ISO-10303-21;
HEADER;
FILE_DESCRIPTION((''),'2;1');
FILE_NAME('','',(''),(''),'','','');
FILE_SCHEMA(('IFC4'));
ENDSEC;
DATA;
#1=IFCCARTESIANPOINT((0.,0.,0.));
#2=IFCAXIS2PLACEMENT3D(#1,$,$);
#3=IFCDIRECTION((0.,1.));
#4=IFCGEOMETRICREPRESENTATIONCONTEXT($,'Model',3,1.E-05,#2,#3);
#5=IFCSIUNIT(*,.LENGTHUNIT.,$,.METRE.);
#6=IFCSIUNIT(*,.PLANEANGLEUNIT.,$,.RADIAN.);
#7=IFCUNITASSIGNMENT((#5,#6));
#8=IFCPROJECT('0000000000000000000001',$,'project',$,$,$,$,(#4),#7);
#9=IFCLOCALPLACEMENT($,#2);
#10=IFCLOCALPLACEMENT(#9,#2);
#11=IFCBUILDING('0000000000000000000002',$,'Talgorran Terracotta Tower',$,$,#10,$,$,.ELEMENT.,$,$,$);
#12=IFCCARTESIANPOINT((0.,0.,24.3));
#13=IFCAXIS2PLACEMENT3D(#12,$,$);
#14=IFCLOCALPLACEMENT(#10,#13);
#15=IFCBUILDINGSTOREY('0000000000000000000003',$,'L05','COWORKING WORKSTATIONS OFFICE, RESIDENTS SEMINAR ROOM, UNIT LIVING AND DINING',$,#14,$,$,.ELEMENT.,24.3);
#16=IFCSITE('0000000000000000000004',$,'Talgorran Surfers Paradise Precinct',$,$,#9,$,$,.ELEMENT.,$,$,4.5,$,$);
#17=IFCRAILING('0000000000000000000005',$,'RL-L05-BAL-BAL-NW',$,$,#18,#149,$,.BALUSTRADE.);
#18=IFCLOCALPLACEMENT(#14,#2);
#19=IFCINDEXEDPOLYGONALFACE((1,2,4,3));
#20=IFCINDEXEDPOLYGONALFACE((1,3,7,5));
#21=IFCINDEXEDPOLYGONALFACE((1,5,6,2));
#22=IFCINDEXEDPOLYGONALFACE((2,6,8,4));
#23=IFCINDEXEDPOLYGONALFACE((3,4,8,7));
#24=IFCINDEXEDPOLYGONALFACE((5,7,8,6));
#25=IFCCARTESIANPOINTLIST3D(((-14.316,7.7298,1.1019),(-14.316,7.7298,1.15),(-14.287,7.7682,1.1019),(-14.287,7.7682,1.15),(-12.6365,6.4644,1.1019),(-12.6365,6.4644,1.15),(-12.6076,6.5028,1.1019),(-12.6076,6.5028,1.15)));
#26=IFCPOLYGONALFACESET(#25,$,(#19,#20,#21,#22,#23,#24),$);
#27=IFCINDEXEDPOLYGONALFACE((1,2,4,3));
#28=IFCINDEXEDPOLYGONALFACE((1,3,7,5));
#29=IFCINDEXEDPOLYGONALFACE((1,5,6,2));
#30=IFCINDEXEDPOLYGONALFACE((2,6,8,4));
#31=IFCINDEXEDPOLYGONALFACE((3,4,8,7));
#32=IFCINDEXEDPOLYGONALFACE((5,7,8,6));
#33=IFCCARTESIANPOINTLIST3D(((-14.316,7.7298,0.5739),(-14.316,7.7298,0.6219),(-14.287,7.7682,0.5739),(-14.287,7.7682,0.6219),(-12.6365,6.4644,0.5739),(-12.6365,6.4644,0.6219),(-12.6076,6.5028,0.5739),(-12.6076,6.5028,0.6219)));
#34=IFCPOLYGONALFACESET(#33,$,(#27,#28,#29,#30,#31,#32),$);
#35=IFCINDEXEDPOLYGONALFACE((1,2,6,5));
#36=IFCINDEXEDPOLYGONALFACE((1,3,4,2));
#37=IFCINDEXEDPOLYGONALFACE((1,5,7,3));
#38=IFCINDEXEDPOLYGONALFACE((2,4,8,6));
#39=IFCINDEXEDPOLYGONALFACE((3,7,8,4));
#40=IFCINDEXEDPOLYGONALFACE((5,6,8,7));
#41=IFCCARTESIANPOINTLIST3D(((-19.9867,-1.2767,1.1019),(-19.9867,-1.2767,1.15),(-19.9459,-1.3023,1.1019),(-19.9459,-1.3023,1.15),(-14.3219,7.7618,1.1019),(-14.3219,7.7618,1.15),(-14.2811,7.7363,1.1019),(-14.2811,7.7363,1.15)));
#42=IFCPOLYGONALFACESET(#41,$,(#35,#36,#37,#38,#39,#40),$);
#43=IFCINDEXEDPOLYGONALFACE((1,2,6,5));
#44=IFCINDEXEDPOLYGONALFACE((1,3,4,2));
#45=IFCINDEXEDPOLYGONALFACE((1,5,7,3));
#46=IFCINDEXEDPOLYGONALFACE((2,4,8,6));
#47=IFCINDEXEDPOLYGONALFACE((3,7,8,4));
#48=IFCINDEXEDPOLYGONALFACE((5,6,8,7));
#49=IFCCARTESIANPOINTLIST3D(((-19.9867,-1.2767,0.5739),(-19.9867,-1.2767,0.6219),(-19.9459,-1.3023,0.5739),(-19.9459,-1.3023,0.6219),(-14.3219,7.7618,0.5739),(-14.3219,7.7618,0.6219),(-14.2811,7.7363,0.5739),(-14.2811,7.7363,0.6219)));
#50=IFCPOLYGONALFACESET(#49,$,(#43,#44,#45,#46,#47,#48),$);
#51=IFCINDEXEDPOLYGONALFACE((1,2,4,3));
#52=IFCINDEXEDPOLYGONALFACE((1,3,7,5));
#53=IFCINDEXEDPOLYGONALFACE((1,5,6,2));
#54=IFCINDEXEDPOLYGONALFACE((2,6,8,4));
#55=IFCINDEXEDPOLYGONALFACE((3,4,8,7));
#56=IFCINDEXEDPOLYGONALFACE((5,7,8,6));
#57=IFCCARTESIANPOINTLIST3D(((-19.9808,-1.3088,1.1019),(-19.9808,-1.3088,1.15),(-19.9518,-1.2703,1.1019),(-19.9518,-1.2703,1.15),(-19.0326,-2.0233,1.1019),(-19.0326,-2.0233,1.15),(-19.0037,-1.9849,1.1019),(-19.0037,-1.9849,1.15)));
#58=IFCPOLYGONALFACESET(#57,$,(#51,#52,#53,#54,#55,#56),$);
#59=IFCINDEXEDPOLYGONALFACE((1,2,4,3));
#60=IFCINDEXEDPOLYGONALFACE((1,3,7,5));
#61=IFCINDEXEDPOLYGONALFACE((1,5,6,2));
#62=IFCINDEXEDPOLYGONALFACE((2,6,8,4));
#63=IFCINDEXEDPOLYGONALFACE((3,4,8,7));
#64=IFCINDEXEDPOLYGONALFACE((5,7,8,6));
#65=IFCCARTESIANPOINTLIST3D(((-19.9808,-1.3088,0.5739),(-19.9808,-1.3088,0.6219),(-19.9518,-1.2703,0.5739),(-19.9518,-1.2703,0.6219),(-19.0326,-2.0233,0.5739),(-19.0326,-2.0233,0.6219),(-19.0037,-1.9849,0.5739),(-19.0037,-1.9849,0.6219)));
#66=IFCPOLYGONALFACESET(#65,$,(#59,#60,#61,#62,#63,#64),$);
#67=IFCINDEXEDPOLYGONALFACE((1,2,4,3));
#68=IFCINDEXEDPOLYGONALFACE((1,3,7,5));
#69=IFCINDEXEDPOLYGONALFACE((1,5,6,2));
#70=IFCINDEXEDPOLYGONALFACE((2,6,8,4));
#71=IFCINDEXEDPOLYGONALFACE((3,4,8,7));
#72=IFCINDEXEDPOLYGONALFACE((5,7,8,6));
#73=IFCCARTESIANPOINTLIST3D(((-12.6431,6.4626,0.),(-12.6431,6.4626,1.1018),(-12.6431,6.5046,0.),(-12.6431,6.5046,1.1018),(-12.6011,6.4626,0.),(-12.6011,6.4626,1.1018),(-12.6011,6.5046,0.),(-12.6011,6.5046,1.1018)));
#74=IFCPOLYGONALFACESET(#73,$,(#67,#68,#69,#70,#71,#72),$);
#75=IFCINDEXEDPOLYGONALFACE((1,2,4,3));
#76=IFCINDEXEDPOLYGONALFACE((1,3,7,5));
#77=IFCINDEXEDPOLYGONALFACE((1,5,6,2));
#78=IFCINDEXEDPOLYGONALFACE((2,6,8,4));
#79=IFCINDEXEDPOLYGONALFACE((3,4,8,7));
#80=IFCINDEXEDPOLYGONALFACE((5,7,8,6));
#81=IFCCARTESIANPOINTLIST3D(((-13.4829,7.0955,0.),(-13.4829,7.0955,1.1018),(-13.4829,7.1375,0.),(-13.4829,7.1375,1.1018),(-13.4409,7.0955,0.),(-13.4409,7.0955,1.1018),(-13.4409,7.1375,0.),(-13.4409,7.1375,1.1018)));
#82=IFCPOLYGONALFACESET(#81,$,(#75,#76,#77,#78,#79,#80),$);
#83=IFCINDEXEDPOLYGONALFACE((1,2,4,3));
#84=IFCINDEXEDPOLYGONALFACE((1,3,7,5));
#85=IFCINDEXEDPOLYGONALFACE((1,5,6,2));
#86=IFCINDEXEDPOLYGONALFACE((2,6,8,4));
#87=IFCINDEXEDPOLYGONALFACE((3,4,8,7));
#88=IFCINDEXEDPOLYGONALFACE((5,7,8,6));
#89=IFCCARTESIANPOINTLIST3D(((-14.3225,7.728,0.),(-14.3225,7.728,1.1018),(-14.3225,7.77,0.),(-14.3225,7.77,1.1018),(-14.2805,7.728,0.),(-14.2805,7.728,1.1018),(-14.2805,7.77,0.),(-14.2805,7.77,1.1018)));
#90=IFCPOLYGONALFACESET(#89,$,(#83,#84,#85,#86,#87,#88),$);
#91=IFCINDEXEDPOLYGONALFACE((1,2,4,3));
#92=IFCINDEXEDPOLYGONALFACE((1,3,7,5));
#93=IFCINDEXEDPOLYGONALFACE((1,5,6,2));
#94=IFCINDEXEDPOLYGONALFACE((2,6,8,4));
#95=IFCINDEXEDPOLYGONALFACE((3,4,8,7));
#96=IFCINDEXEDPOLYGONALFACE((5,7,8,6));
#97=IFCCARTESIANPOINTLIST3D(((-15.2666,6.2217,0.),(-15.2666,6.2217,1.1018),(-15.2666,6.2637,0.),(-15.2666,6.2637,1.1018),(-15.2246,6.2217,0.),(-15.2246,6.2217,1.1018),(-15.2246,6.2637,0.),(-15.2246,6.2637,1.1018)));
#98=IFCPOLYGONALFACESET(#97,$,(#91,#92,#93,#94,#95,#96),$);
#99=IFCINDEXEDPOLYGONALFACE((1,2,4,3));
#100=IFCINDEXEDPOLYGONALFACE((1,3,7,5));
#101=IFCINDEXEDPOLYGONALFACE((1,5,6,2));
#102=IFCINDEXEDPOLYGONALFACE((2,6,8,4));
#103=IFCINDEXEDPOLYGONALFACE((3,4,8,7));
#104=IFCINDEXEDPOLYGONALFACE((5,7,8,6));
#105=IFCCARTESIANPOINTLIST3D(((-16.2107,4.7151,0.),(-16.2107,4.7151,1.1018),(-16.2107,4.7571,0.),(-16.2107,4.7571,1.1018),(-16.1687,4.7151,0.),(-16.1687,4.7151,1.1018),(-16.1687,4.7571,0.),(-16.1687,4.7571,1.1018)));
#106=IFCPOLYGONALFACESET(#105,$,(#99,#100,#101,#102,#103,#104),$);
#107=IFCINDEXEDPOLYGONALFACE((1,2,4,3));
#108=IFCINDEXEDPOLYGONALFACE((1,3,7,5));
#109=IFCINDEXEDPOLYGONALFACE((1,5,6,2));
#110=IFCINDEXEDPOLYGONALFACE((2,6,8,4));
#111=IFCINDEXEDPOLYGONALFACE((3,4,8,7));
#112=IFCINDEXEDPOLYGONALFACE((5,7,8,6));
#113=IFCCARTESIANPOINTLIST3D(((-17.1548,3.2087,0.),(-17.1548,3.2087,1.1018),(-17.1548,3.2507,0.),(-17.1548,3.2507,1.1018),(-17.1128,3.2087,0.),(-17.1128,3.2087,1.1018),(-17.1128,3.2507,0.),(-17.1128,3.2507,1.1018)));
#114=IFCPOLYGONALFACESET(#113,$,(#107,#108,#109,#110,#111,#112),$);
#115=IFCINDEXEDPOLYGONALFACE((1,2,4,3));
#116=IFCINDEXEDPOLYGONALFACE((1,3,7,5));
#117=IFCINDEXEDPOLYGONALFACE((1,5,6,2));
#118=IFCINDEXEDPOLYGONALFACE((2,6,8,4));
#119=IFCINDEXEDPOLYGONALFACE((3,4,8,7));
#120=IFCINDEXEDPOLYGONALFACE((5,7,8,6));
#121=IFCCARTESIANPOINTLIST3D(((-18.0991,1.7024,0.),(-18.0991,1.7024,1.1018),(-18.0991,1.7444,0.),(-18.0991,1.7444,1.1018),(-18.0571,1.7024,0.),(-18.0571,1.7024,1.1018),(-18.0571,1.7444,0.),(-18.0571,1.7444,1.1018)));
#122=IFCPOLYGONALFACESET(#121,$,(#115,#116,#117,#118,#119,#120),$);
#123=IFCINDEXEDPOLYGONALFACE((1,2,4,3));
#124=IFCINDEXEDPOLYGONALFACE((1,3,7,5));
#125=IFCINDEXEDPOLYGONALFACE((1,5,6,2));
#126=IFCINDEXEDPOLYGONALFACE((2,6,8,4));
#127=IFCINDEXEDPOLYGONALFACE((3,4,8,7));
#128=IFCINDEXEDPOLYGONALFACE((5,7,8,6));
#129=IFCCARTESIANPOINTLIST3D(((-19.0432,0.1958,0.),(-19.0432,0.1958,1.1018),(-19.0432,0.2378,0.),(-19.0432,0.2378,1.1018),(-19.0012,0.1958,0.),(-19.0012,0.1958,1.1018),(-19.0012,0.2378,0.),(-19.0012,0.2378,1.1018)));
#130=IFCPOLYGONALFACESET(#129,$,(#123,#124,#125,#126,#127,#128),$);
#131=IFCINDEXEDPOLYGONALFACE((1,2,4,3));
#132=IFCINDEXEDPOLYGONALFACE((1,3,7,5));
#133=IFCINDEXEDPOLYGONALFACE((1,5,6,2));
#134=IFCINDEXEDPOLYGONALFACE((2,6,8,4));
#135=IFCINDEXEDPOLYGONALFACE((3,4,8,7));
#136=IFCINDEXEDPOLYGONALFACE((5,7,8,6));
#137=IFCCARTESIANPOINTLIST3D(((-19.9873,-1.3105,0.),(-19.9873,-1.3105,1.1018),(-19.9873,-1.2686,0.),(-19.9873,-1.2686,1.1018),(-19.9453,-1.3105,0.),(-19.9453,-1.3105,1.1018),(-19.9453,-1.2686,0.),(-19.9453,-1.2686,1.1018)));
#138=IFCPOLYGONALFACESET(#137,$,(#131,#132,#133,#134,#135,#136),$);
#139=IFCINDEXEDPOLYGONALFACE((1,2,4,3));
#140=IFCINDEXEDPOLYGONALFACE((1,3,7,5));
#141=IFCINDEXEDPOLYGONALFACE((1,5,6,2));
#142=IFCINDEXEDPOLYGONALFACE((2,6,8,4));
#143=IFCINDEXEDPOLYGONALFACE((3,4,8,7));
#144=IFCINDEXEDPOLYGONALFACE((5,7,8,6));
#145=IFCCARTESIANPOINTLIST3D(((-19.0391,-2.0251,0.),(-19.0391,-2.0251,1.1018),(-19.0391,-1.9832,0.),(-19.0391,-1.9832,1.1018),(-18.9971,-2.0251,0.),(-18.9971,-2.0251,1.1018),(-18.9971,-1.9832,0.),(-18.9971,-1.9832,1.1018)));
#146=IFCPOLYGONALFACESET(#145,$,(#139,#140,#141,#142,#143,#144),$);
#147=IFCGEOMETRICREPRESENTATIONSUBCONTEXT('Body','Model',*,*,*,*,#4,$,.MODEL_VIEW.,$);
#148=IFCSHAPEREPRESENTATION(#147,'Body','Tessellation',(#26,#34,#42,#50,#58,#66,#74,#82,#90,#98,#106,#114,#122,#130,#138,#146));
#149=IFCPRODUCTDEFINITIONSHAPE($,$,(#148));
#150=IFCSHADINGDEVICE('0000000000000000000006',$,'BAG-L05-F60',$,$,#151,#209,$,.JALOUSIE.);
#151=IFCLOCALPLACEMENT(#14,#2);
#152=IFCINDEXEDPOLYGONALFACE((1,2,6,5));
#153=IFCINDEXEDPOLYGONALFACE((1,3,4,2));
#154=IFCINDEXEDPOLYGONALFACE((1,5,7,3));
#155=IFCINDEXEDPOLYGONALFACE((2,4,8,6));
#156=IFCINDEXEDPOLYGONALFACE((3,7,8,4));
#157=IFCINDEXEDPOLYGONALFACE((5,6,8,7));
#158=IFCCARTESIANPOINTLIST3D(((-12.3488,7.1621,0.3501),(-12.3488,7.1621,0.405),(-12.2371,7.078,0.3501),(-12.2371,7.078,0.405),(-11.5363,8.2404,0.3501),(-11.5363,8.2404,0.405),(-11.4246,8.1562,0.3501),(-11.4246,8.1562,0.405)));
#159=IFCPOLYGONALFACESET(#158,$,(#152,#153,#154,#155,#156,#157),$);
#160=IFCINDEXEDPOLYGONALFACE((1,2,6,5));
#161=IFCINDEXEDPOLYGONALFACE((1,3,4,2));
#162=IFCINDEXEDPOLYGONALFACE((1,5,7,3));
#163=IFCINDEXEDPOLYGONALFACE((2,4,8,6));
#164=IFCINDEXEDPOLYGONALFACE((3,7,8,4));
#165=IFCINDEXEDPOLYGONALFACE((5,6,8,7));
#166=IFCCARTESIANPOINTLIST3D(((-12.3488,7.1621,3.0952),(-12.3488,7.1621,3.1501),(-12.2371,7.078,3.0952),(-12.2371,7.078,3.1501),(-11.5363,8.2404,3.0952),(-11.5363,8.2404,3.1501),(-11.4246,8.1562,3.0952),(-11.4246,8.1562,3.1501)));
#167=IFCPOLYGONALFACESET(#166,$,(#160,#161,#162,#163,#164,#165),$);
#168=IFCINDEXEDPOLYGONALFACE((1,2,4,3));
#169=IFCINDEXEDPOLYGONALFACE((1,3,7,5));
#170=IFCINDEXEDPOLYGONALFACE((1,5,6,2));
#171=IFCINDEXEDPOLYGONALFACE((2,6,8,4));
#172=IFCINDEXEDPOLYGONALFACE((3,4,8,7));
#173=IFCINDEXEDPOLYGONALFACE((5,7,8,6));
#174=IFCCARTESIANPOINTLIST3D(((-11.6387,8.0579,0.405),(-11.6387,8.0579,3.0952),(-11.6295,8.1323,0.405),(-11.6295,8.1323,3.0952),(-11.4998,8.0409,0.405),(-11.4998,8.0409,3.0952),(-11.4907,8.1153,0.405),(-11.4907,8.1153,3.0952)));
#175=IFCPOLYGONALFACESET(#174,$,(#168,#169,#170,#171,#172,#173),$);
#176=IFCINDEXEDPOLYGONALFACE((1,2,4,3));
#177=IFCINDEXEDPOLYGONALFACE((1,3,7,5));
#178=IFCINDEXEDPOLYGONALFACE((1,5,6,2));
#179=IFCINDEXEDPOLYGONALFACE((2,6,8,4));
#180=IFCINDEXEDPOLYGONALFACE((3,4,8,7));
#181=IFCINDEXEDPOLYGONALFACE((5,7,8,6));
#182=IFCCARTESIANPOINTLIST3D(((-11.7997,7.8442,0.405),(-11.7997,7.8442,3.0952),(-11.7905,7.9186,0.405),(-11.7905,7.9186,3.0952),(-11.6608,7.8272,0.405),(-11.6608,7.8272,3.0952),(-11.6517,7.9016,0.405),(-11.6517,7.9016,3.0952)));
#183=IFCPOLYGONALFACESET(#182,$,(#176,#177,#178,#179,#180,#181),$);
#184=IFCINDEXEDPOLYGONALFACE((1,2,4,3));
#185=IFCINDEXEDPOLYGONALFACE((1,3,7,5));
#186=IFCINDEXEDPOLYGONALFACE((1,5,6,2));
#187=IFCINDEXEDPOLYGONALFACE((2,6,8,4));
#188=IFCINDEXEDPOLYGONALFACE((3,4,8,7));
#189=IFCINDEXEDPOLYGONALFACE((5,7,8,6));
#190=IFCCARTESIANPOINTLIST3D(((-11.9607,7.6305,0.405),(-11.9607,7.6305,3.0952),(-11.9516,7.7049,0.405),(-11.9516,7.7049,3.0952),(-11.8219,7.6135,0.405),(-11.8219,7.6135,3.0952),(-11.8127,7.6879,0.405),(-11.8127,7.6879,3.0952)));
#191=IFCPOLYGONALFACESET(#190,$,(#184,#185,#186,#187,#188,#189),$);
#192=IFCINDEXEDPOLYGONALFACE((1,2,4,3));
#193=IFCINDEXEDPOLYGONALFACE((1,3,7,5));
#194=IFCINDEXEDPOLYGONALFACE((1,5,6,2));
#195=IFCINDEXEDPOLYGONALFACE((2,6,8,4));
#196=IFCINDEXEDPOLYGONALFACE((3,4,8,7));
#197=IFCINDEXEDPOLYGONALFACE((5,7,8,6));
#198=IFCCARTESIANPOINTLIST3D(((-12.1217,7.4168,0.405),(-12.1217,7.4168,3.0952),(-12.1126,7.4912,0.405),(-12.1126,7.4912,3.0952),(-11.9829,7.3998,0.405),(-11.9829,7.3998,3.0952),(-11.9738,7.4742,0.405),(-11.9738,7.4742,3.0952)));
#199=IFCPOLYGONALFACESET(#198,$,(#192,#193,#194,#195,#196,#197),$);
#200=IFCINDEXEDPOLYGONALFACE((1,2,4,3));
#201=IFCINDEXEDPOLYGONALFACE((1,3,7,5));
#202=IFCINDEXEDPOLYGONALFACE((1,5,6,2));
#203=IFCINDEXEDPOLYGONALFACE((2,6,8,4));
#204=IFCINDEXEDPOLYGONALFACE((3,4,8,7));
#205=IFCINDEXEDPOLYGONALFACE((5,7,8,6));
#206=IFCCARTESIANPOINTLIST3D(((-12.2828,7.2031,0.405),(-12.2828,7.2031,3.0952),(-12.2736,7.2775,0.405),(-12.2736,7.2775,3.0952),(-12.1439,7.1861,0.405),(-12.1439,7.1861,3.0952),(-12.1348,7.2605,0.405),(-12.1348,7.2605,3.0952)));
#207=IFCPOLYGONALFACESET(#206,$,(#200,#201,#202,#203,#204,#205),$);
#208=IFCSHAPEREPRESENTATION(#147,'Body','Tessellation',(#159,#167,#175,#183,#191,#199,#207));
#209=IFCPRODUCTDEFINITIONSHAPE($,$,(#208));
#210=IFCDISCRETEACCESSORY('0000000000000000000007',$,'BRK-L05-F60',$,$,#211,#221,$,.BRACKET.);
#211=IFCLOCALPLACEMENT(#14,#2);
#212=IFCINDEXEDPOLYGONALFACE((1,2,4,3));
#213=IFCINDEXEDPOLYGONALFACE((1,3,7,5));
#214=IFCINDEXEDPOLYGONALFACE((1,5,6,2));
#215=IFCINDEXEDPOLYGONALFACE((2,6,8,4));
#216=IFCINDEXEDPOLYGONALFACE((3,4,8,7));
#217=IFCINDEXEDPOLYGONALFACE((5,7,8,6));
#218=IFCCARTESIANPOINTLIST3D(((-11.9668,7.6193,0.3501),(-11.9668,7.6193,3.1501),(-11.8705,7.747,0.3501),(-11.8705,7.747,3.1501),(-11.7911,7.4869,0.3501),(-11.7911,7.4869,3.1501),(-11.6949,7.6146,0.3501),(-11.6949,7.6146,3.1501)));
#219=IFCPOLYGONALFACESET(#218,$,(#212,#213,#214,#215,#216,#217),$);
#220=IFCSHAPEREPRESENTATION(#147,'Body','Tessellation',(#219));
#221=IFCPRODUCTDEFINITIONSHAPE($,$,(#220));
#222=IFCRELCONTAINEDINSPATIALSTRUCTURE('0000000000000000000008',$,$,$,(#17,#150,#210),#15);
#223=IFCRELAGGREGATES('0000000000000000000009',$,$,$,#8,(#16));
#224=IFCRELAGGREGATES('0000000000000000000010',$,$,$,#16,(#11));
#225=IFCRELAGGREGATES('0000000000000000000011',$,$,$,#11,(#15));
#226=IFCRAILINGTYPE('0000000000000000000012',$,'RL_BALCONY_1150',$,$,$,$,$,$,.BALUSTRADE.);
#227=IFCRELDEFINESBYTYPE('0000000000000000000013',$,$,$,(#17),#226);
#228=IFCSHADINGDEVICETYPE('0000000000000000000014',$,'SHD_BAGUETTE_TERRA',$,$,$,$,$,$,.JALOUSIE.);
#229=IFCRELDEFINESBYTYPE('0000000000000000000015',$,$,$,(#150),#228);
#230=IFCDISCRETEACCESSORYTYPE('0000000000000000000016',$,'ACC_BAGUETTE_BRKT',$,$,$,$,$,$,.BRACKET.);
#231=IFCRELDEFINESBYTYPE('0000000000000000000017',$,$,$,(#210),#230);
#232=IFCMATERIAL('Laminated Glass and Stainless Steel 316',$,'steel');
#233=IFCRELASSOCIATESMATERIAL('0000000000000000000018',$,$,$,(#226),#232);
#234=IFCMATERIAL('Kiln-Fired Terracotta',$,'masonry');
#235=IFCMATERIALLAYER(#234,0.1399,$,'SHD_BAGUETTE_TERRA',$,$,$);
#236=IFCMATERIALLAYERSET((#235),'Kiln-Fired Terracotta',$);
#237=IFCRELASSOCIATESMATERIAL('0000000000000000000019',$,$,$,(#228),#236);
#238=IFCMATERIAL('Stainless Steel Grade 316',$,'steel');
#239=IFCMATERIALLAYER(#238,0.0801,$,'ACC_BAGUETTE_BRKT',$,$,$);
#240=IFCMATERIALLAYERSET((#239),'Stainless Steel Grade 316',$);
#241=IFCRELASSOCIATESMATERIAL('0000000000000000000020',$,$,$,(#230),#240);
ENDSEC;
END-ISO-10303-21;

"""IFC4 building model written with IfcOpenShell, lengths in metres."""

from ifc_helpers import new_model, si_unit, direction, frame, origin, origin_2d, place, context, subcontext, project, spatial, rectangle, extrude, source, transform, mapped, material, layer, layer_set, type_object, type_shapes, element, save


model = new_model("IFC4")

# Units and contexts
model_context = context("Model", 3, precision=1e-05, world=origin(), true_north=direction((0.0, 1.0)))
body_context = subcontext(model_context, "Body", "Model", "MODEL_VIEW")
ifc_project = project(units=[si_unit("LENGTHUNIT", "METRE"), si_unit("PLANEANGLEUNIT", "RADIAN")], contexts=[model_context])

# Site, building, storey
site_placement = place(None, origin())
site = spatial("IfcSite", under=ifc_project, at=site_placement, Name="Talgorran Surfers Paradise Precinct", CompositionType="ELEMENT", RefElevation=4.5)
building_placement = place(site_placement, origin())
building = spatial("IfcBuilding", under=site, at=building_placement, Name="Talgorran Terracotta Tower", CompositionType="ELEMENT")
storey_placement = place(building_placement, frame((0.0, 0.0, 24.3)))
storey = spatial("IfcBuildingStorey", under=building, at=storey_placement, Name="L05", Description="COWORKING WORKSTATIONS OFFICE, RESIDENTS SEMINAR ROOM, UNIT LIVING AND DINING", CompositionType="ELEMENT", Elevation=24.3)

# Railing
ifc_material_1 = material(Name="Laminated Glass and Stainless Steel 316", Category="steel")
railing_type = type_object("IfcRailingType", Name="RL_BALCONY_1150", PredefinedType="BALUSTRADE", material=ifc_material_1)
railing_placement = place(storey_placement, frame((-12.6221, 6.4836, 0.0)))
element("IfcRailing", 1, at=railing_placement, inside=storey, type_object=railing_type, Name="RL-L05-BAL-BAL-NW", PredefinedType="BALUSTRADE", context=body_context, shape_type="SweptSolid", body=[
    extrude(rectangle(XDim=0.0481, YDim=0.0481, at=origin_2d()), frame((0.0, 0.0, 1.126), z_axis=(-0.798674, 0.601763, 0.0), x_axis=(-0.601763, -0.798674, 0.0)), (0.0, 0.0, 1.0), 2.1028),
    extrude(rectangle(XDim=0.0481, YDim=0.0481, at=origin_2d()), frame((0.0, 0.0, 0.5979), z_axis=(-0.798674, 0.601763, 0.0), x_axis=(-0.601763, -0.798674, 0.0)), (0.0, 0.0, 1.0), 2.1028),
    extrude(rectangle(XDim=0.0481, YDim=0.0481, at=origin_2d()), frame((-1.6794, 1.2654, 1.126), z_axis=(-0.531056, -0.847337, 0.0), x_axis=(0.847337, -0.531056, 0.0)), (0.0, 0.0, 1.0), 10.667),
    extrude(rectangle(XDim=0.0481, YDim=0.0481, at=origin_2d()), frame((-1.6794, 1.2654, 0.5979), z_axis=(-0.531056, -0.847337, 0.0), x_axis=(0.847337, -0.531056, 0.0)), (0.0, 0.0, 1.0), 10.667),
    extrude(rectangle(XDim=0.0481, YDim=0.0481, at=origin_2d()), frame((-7.3442, -7.7732, 1.126), z_axis=(0.798616, -0.601841, 0.0), x_axis=(0.601841, 0.798616, 0.0)), (0.0, 0.0, 1.0), 1.1873),
    extrude(rectangle(XDim=0.0481, YDim=0.0481, at=origin_2d()), frame((-7.3442, -7.7732, 0.5979), z_axis=(0.798616, -0.601841, 0.0), x_axis=(0.601841, 0.798616, 0.0)), (0.0, 0.0, 1.0), 1.1873),
    extrude(rectangle(XDim=0.042, YDim=0.042, at=origin_2d()), origin(), (0.0, 0.0, 1.0), 1.1018),
    extrude(rectangle(XDim=0.042, YDim=0.042, at=origin_2d()), frame((-0.8398, 0.6328, 0.0)), (0.0, 0.0, 1.0), 1.1018),
    extrude(rectangle(XDim=0.042, YDim=0.042, at=origin_2d()), frame((-1.6794, 1.2654, 0.0)), (0.0, 0.0, 1.0), 1.1018),
    extrude(rectangle(XDim=0.042, YDim=0.042, at=origin_2d()), frame((-2.6235, -0.241, 0.0)), (0.0, 0.0, 1.0), 1.1018),
    extrude(rectangle(XDim=0.042, YDim=0.042, at=origin_2d()), frame((-3.5676, -1.7476, 0.0)), (0.0, 0.0, 1.0), 1.1018),
    extrude(rectangle(XDim=0.042, YDim=0.042, at=origin_2d()), frame((-4.5117, -3.2539, 0.0)), (0.0, 0.0, 1.0), 1.1018),
    extrude(rectangle(XDim=0.042, YDim=0.042, at=origin_2d()), frame((-5.4561, -4.7603, 0.0)), (0.0, 0.0, 1.0), 1.1018),
    extrude(rectangle(XDim=0.042, YDim=0.042, at=origin_2d()), frame((-6.4001, -6.2668, 0.0)), (0.0, 0.0, 1.0), 1.1018),
    extrude(rectangle(XDim=0.042, YDim=0.042, at=origin_2d()), frame((-7.3442, -7.7732, 0.0)), (0.0, 0.0, 1.0), 1.1018),
    extrude(rectangle(XDim=0.042, YDim=0.042, at=origin_2d()), frame((-6.396, -8.4878, 0.0)), (0.0, 0.0, 1.0), 1.1018),
])

# Shading device
ifc_material_2 = material(Name="Kiln-Fired Terracotta", Category="masonry")
ifc_layer_1 = layer(ifc_material_2, 0.1399, Name="SHD_BAGUETTE_TERRA")
ifc_layer_set_1 = layer_set([ifc_layer_1], Name="Kiln-Fired Terracotta")
shading_device_type = type_object("IfcShadingDeviceType", Name="SHD_BAGUETTE_TERRA", PredefinedType="JALOUSIE", material=ifc_layer_set_1)
shared_shape_1 = source(origin(), body_context, "Body", "SweptSolid", [
    extrude(rectangle(XDim=1.3501, YDim=0.1399, at=origin_2d()), origin(), (0.0, 0.0, 1.0), 0.0549),
    extrude(rectangle(XDim=1.3501, YDim=0.1399, at=origin_2d()), frame((0.0, 0.0, 2.7451)), (0.0, 0.0, 1.0), 0.0549),
    extrude(rectangle(XDim=0.075, YDim=0.1399, at=origin_2d()), frame((-0.5352, 0.0, 0.0549), z_axis=(0.0, 0.0, 1.0), x_axis=(0.866025, 0.5, 0.0)), (0.0, 0.0, 1.0), 2.6902),
    extrude(rectangle(XDim=0.075, YDim=0.1399, at=origin_2d()), frame((-0.2676, 0.0, 0.0549), z_axis=(0.0, 0.0, 1.0), x_axis=(0.866025, 0.5, 0.0)), (0.0, 0.0, 1.0), 2.6902),
    extrude(rectangle(XDim=0.075, YDim=0.1399, at=origin_2d()), frame((0.0, 0.0, 0.0549), z_axis=(0.0, 0.0, 1.0), x_axis=(0.866025, 0.5, 0.0)), (0.0, 0.0, 1.0), 2.6902),
    extrude(rectangle(XDim=0.075, YDim=0.1399, at=origin_2d()), frame((0.2676, 0.0, 0.0549), z_axis=(0.0, 0.0, 1.0), x_axis=(0.866025, 0.5, 0.0)), (0.0, 0.0, 1.0), 2.6902),
    extrude(rectangle(XDim=0.075, YDim=0.1399, at=origin_2d()), frame((0.5352, 0.0, 0.0549), z_axis=(0.0, 0.0, 1.0), x_axis=(0.866025, 0.5, 0.0)), (0.0, 0.0, 1.0), 2.6902),
])
type_shapes(shading_device_type, [shared_shape_1])
shading_device_placement = place(storey_placement, frame((-11.8867, 7.6592, 0.3501), z_axis=(0.0, 0.0, 1.0), x_axis=(-0.601801, -0.798646, 0.0)))
element("IfcShadingDevice", 2, at=shading_device_placement, inside=storey, type_object=shading_device_type, Name="BAG-L05-F60", PredefinedType="JALOUSIE", context=body_context, shape_type="MappedRepresentation", body=[
    mapped(shared_shape_1, transform((0.0, 0.0, 0.0), scale=1.0)),
])

# Discrete accessory
ifc_material_3 = material(Name="Stainless Steel Grade 316", Category="steel")
ifc_layer_2 = layer(ifc_material_3, 0.0801, Name="ACC_BAGUETTE_BRKT")
ifc_layer_set_2 = layer_set([ifc_layer_2], Name="Stainless Steel Grade 316")
discrete_accessory_type = type_object("IfcDiscreteAccessoryType", Name="ACC_BAGUETTE_BRKT", PredefinedType="BRACKET", material=ifc_layer_set_2)
shared_shape_2 = source(origin(), body_context, "Body", "SweptSolid", [
    extrude(rectangle(XDim=0.1599, YDim=0.22, at=origin_2d()), origin(), (0.0, 0.0, 1.0), 2.8),
])
type_shapes(discrete_accessory_type, [shared_shape_2])
discrete_accessory_placement = place(storey_placement, frame((-11.8308, 7.6169, 0.3501), z_axis=(0.0, 0.0, 1.0), x_axis=(-0.601801, -0.798646, 0.0)))
element("IfcDiscreteAccessory", 3, at=discrete_accessory_placement, inside=storey, type_object=discrete_accessory_type, Name="BRK-L05-F60", PredefinedType="BRACKET", context=body_context, shape_type="MappedRepresentation", body=[
    mapped(shared_shape_2, transform((0.0, 0.0, 0.0), scale=1.0)),
])

save(model, "model.ifc")
